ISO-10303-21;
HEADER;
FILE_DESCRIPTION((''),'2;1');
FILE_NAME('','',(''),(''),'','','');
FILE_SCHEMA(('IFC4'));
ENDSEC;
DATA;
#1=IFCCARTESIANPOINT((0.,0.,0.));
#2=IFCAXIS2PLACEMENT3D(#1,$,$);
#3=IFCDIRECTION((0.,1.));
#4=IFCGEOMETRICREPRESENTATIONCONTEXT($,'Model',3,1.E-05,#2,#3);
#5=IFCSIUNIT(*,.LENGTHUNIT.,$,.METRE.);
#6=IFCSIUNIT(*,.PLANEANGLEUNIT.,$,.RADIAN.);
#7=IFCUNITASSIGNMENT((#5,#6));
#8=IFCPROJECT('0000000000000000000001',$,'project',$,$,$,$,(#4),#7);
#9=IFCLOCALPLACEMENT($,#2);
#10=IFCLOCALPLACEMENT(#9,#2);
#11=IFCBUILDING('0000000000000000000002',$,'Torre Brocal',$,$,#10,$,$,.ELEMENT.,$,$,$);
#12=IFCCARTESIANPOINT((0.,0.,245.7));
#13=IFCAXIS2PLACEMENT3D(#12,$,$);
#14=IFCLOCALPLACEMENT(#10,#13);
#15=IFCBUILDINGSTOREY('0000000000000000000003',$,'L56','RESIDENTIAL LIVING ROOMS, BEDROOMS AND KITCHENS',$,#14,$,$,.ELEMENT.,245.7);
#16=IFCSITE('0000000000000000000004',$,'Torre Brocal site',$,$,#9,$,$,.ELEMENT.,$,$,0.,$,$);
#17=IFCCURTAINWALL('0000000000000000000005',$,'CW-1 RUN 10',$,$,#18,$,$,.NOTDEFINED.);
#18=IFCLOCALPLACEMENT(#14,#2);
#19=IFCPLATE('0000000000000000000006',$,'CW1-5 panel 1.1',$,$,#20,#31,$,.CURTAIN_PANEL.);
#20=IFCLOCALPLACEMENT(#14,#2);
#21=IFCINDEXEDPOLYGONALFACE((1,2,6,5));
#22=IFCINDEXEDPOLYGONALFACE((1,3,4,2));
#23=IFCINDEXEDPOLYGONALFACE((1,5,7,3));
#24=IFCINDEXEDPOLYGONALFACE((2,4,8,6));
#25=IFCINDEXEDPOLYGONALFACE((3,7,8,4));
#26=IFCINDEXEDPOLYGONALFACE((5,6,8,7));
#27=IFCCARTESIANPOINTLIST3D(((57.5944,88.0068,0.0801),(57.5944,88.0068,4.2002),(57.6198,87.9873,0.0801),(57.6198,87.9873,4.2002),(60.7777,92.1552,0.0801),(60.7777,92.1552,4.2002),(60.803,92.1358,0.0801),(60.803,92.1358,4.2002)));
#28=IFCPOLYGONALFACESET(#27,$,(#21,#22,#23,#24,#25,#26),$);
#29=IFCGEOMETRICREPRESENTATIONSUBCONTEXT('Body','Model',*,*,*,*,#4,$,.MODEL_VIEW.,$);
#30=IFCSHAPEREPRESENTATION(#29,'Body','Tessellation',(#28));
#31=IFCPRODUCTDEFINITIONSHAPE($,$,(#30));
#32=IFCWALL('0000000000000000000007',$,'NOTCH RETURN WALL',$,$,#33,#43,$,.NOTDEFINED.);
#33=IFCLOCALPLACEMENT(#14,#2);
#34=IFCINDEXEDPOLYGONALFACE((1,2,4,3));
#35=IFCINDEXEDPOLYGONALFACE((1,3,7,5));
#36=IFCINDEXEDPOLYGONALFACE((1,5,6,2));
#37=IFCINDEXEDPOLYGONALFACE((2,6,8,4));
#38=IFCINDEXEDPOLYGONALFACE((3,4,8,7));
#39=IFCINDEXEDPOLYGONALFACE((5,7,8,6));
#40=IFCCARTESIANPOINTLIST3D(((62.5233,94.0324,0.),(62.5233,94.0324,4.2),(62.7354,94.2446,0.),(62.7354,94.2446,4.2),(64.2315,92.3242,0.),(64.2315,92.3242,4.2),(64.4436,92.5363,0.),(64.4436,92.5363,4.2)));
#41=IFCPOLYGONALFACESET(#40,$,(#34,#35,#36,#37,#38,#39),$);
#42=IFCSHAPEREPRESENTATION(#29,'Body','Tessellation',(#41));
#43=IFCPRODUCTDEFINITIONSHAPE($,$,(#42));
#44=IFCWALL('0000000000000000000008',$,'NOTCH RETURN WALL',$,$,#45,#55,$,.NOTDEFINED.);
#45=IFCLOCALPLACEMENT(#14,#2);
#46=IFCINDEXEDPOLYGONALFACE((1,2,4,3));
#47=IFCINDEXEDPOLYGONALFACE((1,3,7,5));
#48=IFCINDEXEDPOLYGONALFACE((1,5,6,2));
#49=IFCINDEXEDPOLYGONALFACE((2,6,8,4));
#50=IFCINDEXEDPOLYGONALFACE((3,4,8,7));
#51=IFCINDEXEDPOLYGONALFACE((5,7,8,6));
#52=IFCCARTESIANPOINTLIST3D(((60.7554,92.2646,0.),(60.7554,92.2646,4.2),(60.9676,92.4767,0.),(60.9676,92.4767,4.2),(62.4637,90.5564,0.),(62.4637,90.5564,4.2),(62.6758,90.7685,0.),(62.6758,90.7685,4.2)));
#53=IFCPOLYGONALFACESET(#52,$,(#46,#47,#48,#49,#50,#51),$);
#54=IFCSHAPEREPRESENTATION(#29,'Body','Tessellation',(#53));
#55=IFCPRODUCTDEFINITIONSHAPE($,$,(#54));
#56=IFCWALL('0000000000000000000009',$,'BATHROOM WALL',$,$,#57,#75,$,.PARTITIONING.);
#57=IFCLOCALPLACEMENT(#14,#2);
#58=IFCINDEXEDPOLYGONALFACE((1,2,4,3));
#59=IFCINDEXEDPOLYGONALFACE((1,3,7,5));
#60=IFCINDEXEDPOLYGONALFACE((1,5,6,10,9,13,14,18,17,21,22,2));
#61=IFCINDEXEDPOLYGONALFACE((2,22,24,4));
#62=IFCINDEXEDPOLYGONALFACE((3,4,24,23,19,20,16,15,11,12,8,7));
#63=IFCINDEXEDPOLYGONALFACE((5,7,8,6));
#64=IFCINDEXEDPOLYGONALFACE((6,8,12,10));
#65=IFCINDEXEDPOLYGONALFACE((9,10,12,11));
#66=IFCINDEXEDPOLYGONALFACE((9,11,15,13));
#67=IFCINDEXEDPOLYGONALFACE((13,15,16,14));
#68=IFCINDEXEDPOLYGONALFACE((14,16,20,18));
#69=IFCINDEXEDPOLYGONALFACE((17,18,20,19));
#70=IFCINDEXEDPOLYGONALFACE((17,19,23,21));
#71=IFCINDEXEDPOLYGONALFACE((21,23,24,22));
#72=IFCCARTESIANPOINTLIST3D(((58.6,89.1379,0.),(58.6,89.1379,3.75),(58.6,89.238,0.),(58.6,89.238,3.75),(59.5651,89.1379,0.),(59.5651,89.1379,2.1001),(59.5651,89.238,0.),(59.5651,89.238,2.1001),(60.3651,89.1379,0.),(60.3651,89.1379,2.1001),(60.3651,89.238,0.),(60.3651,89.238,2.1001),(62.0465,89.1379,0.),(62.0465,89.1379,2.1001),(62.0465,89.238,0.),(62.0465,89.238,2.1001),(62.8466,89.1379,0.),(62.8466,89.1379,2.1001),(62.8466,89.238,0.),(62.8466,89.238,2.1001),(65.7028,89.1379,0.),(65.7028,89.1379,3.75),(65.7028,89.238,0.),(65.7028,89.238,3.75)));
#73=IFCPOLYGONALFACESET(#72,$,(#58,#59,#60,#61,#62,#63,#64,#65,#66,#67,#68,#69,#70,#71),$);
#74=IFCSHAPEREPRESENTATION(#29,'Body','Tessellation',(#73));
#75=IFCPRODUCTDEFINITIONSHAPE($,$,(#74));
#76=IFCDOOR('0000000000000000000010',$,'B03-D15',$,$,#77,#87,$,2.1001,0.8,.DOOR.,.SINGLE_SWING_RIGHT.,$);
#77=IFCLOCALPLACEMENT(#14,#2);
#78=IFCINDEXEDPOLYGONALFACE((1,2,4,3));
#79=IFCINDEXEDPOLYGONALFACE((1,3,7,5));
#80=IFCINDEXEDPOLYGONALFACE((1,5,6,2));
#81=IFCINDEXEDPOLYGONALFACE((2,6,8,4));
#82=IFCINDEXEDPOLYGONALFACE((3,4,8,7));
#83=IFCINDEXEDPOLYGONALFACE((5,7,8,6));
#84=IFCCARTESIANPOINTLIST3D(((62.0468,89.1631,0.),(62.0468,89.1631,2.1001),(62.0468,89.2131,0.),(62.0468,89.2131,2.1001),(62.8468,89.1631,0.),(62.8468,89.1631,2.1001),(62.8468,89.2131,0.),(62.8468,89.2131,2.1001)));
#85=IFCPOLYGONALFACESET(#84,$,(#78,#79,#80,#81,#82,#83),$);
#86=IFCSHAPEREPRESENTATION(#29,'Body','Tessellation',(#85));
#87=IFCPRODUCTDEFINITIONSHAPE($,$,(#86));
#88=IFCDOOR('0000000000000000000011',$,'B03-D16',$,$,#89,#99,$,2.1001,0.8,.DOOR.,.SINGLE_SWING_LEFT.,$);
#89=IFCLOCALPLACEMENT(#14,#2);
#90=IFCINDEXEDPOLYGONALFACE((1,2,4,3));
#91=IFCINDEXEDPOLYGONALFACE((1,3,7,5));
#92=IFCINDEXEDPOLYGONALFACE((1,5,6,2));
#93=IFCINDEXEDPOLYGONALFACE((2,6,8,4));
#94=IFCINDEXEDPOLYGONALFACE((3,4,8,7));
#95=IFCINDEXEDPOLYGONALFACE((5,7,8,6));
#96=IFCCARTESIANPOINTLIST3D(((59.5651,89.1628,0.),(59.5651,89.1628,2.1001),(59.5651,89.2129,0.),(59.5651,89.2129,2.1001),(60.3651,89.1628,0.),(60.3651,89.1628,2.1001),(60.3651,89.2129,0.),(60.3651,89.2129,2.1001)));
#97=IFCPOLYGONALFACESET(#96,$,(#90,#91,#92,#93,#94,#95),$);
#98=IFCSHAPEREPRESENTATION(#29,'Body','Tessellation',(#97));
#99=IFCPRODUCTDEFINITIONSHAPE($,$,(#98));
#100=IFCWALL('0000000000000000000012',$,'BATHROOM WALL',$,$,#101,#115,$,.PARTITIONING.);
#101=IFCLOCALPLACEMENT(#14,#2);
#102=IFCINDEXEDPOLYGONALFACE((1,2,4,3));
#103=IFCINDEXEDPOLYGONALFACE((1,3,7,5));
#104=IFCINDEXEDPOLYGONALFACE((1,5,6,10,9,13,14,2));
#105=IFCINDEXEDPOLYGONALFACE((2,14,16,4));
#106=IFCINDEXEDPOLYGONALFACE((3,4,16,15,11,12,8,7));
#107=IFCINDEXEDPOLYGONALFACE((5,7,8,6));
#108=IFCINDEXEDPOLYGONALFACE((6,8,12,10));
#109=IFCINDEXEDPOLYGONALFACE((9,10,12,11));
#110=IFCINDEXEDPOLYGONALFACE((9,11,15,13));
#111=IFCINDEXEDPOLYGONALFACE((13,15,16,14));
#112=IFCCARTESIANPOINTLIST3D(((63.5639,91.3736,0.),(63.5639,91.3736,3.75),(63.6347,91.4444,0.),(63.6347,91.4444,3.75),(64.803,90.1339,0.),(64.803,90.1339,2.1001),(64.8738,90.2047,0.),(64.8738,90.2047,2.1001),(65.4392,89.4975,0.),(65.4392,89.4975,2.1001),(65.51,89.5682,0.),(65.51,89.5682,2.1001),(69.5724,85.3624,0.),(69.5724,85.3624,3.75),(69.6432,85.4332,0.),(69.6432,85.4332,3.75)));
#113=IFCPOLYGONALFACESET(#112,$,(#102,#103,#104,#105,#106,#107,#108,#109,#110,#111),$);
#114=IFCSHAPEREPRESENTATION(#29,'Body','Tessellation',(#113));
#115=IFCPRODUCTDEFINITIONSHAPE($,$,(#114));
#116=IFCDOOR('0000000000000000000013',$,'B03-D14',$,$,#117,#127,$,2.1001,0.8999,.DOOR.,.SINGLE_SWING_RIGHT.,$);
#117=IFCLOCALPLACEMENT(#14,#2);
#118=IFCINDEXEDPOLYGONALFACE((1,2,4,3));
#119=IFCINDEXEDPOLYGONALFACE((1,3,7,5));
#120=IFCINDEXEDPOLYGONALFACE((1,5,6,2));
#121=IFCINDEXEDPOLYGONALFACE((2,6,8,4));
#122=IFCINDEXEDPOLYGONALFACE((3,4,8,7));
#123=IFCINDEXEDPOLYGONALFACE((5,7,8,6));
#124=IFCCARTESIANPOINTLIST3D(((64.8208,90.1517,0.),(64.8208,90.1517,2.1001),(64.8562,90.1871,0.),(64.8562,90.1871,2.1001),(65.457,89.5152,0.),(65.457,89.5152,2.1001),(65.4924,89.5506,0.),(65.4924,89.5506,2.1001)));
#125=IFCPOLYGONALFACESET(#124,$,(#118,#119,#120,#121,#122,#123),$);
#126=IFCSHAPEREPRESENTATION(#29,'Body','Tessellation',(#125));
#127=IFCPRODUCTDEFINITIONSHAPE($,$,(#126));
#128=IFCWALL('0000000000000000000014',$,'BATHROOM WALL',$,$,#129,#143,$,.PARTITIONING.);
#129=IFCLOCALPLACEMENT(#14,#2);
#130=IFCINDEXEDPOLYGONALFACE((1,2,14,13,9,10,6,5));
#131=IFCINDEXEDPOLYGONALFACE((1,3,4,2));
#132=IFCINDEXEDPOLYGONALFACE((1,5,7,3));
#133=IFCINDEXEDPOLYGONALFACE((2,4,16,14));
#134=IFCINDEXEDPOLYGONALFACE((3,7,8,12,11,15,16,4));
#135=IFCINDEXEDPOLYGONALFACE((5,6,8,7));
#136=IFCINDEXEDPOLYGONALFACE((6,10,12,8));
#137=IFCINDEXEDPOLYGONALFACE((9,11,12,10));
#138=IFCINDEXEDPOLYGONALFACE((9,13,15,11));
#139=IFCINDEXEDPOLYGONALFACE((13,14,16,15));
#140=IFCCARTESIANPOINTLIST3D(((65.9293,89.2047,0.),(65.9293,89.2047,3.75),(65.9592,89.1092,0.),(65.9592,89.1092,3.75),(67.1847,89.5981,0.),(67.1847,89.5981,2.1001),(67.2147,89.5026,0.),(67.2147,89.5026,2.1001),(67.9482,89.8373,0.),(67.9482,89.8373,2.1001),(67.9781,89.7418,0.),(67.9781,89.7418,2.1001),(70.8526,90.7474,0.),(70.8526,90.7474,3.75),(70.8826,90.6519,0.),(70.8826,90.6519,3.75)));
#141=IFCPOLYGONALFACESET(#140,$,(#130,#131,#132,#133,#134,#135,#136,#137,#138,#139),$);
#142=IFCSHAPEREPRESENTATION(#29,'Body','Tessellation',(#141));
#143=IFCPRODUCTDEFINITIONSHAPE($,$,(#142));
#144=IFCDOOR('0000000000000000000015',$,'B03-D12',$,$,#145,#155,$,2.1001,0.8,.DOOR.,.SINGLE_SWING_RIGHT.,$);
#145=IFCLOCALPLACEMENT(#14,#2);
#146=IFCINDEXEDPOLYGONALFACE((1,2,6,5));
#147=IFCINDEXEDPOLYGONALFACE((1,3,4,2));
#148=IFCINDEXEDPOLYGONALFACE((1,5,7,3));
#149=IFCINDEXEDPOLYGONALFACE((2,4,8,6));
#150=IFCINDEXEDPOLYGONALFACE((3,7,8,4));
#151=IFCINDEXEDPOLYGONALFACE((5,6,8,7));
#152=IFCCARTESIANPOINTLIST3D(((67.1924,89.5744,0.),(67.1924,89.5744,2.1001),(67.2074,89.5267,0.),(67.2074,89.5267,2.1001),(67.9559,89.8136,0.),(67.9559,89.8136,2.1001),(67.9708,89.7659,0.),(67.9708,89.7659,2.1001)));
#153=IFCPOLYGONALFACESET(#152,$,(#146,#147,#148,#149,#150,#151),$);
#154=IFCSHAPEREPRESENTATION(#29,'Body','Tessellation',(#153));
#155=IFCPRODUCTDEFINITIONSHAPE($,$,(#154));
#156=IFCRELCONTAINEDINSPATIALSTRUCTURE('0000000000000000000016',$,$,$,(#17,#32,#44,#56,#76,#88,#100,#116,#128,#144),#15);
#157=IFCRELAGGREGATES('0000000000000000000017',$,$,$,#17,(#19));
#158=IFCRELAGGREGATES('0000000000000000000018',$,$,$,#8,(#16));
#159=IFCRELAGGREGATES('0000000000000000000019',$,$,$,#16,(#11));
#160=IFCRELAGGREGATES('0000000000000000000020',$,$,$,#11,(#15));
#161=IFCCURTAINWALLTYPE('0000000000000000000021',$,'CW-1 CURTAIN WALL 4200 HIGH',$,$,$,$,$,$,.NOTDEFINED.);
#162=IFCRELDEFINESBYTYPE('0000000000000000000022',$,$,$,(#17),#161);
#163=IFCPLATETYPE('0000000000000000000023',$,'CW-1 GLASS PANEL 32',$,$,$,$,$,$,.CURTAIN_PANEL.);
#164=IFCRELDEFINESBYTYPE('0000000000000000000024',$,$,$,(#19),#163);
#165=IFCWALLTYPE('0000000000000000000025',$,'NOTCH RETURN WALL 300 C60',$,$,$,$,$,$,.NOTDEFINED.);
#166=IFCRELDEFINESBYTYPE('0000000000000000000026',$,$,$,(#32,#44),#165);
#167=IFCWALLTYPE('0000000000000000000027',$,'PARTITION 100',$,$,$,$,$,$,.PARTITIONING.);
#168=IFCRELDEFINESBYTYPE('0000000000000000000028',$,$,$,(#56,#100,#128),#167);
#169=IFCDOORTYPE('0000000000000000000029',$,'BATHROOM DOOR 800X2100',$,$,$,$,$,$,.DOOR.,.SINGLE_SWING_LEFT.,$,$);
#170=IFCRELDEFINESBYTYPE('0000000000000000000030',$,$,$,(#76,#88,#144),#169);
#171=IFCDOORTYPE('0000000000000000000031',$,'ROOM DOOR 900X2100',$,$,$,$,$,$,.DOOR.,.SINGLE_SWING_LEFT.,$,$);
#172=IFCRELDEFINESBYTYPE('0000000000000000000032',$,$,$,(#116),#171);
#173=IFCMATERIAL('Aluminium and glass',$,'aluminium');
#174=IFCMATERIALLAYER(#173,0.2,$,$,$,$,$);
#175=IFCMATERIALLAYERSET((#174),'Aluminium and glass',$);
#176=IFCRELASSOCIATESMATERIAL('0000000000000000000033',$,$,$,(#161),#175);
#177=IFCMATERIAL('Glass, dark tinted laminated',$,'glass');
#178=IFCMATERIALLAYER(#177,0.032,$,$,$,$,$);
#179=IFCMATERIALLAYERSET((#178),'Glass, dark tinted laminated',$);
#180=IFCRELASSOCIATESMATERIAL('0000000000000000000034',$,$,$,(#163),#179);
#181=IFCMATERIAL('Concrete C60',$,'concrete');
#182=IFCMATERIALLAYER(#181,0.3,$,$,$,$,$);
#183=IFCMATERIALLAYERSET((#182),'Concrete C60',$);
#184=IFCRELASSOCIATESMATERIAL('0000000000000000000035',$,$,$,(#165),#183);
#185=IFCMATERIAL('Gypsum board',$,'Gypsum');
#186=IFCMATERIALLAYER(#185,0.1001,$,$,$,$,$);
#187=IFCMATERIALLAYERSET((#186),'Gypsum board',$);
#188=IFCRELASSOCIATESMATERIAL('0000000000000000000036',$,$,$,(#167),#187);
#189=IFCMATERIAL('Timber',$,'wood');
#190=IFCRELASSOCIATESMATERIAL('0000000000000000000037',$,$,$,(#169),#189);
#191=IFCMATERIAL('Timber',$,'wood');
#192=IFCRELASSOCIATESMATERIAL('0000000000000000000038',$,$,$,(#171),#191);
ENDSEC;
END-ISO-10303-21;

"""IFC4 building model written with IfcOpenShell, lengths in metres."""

from ifc_helpers import new_model, si_unit, direction, frame, frame_2d, origin, origin_2d, place, context, subcontext, project, spatial, rectangle, extrude, material, layer, layer_set, type_object, element, fill, aggregate, save


model = new_model("IFC4")

# Units and contexts
model_context = context("Model", 3, precision=1e-05, world=origin(), true_north=direction((0.0, 1.0)))
body_context = subcontext(model_context, "Body", "Model", "MODEL_VIEW")
ifc_project = project(units=[si_unit("LENGTHUNIT", "METRE"), si_unit("PLANEANGLEUNIT", "RADIAN")], contexts=[model_context])

# Site, building, storey
site_placement = place(None, origin())
site = spatial("IfcSite", under=ifc_project, at=site_placement, Name="Torre Brocal site", CompositionType="ELEMENT", RefElevation=0.0)
building_placement = place(site_placement, origin())
building = spatial("IfcBuilding", under=site, at=building_placement, Name="Torre Brocal", CompositionType="ELEMENT")
storey_placement = place(building_placement, frame((0.0, 0.0, 245.7)))
storey = spatial("IfcBuildingStorey", under=building, at=storey_placement, Name="L56", Description="RESIDENTIAL LIVING ROOMS, BEDROOMS AND KITCHENS", CompositionType="ELEMENT", Elevation=245.7)

# Shared definitions
ifc_material_1 = material(Name="Aluminium and glass", Category="aluminium")
ifc_layer_1 = layer(ifc_material_1, 0.2)
ifc_layer_set_1 = layer_set([ifc_layer_1], Name="Aluminium and glass")
curtain_wall_type = type_object("IfcCurtainWallType", Name="CW-1 CURTAIN WALL 4200 HIGH", PredefinedType="NOTDEFINED", material=ifc_layer_set_1)

# Curtain wall
curtain_wall_1_placement = place(storey_placement, origin())
curtain_wall_1 = element("IfcCurtainWall", 1, at=curtain_wall_1_placement, inside=storey, type_object=curtain_wall_type, Name="CW-1 RUN 10", PredefinedType="NOTDEFINED")

# Plate
ifc_material_2 = material(Name="Glass, dark tinted laminated", Category="glass")
ifc_layer_2 = layer(ifc_material_2, 0.032)
ifc_layer_set_2 = layer_set([ifc_layer_2], Name="Glass, dark tinted laminated")
plate_type = type_object("IfcPlateType", Name="CW-1 GLASS PANEL 32", PredefinedType="CURTAIN_PANEL", material=ifc_layer_set_2)
plate_1_placement = place(storey_placement, frame((59.1987, 90.0713, 0.0801), z_axis=(0.0, 0.0, 1.0), x_axis=(-0.608761, -0.793353, 0.0)))
plate_1 = element("IfcPlate", 2, at=plate_1_placement, type_object=plate_type, Name="CW1-5 panel 1.1", PredefinedType="CURTAIN_PANEL", context=body_context, shape_type="SweptSolid", body=[
    extrude(rectangle(XDim=5.229, YDim=0.032, at=origin_2d()), origin(), (0.0, 0.0, 1.0), 4.1201),
])
aggregate(curtain_wall_1, [plate_1])

# Walls
ifc_material_3 = material(Name="Concrete C60", Category="concrete")
ifc_layer_3 = layer(ifc_material_3, 0.3)
ifc_layer_set_3 = layer_set([ifc_layer_3], Name="Concrete C60")
wall_type_1 = type_object("IfcWallType", Name="NOTCH RETURN WALL 300 C60", PredefinedType="NOTDEFINED", material=ifc_layer_set_3)
for number, where, z_axis, x_axis, name in (
    (3, (64.3376, 92.4302, 0.0), (0.0, 0.0, 1.0), (-0.707107, 0.707107, 0.0), "NOTCH RETURN WALL"),
    (4, (62.5698, 90.6624, 0.0), (0.0, 0.0, 1.0), (-0.707107, 0.707107, 0.0), "NOTCH RETURN WALL"),
):
    element("IfcWall", number, at=place(storey_placement, frame(where, z_axis=z_axis, x_axis=x_axis)), inside=storey, type_object=wall_type_1, Name=name, PredefinedType="NOTDEFINED", context=body_context, shape_type="SweptSolid", body=[
        extrude(rectangle(XDim=2.4158, YDim=0.3, at=frame_2d((1.208, 0.0))), origin(), (0.0, 0.0, 1.0), 4.2),
    ])

# Wall, openings, doors
ifc_material_4 = material(Name="Gypsum board", Category="Gypsum")
ifc_layer_4 = layer(ifc_material_4, 0.1001)
ifc_layer_set_4 = layer_set([ifc_layer_4], Name="Gypsum board")
wall_type_2 = type_object("IfcWallType", Name="PARTITION 100", PredefinedType="PARTITIONING", material=ifc_layer_set_4)
wall_1_placement = place(storey_placement, frame((58.6001, 89.188, 0.0), z_axis=(0.0, 0.0, 1.0), x_axis=(1.0, 0.0, 0.0)))
wall_1 = element("IfcWall", 5, at=wall_1_placement, inside=storey, type_object=wall_type_2, Name="BATHROOM WALL", PredefinedType="PARTITIONING", context=body_context, shape_type="SweptSolid", body=[
    extrude(rectangle(XDim=7.1028, YDim=0.1001, at=frame_2d((3.5513, 0.0))), origin(), (0.0, 0.0, 1.0), 3.75),
])
opening_1_placement = place(wall_1_placement, frame((3.4465, 0.0, 0.0)))
opening_1 = element("IfcOpeningElement", 6, at=opening_1_placement, cuts=wall_1, PredefinedType="OPENING", context=body_context, shape_type="SweptSolid", body=[
    extrude(rectangle(XDim=0.8, YDim=2.1001, at=frame_2d((0.3999, 1.05))), frame((0.0, 0.0601, 0.0), z_axis=(0.0, -1.0, 0.0), x_axis=(1.0, 0.0, 0.0)), (0.0, 0.0, 1.0), 0.1201),
])
opening_2_placement = place(wall_1_placement, frame((0.9651, 0.0, 0.0)))
opening_2 = element("IfcOpeningElement", 7, at=opening_2_placement, cuts=wall_1, PredefinedType="OPENING", context=body_context, shape_type="SweptSolid", body=[
    extrude(rectangle(XDim=0.8, YDim=2.1001, at=frame_2d((0.3999, 1.05))), frame((0.0, 0.0601, 0.0), z_axis=(0.0, -1.0, 0.0), x_axis=(1.0, 0.0, 0.0)), (0.0, 0.0, 1.0), 0.1201),
])
ifc_material_5 = material(Name="Timber", Category="wood")
door_type_1 = type_object("IfcDoorType", Name="BATHROOM DOOR 800X2100", OperationType="SINGLE_SWING_LEFT", PredefinedType="DOOR", material=ifc_material_5)
door_1_placement = place(opening_1_placement, frame((0.8, 0.0, 0.0), z_axis=(0.0, 0.0, 1.0), x_axis=(-1.0, 0.0, 0.0)))
door_1 = element("IfcDoor", 8, at=door_1_placement, inside=storey, type_object=door_type_1, Name="B03-D15", OperationType="SINGLE_SWING_RIGHT", OverallHeight=2.1001, OverallWidth=0.8, PredefinedType="DOOR", context=body_context, shape_type="SweptSolid", body=[
    extrude(rectangle(XDim=0.8, YDim=2.1001, at=frame_2d((0.3999, 1.05))), frame((0.0, 0.0249, 0.0), z_axis=(0.0, -1.0, 0.0), x_axis=(1.0, 0.0, 0.0)), (0.0, 0.0, 1.0), 0.05),
])
fill(opening_1, door_1)
door_2_placement = place(opening_2_placement, origin())
door_2 = element("IfcDoor", 9, at=door_2_placement, inside=storey, type_object=door_type_1, Name="B03-D16", OperationType="SINGLE_SWING_LEFT", OverallHeight=2.1001, OverallWidth=0.8, PredefinedType="DOOR", context=body_context, shape_type="SweptSolid", body=[
    extrude(rectangle(XDim=0.8, YDim=2.1001, at=frame_2d((0.3999, 1.05))), frame((0.0, 0.0249, 0.0), z_axis=(0.0, -1.0, 0.0), x_axis=(1.0, 0.0, 0.0)), (0.0, 0.0, 1.0), 0.05),
])
fill(opening_2, door_2)

# Walls, openings, doors
wall_2_placement = place(storey_placement, frame((63.5994, 91.4089, 0.0), z_axis=(0.0, 0.0, 1.0), x_axis=(0.706949, -0.707265, 0.0)))
wall_2 = element("IfcWall", 10, at=wall_2_placement, inside=storey, type_object=wall_type_2, Name="BATHROOM WALL", PredefinedType="PARTITIONING", context=body_context, shape_type="SweptSolid", body=[
    extrude(rectangle(XDim=8.4993, YDim=0.1001, at=frame_2d((4.2495, 0.0))), origin(), (0.0, 0.0, 1.0), 3.75),
])
opening_3_placement = place(wall_2_placement, frame((1.7527, 0.0, 0.0)))
opening_3 = element("IfcOpeningElement", 11, at=opening_3_placement, cuts=wall_2, PredefinedType="OPENING", context=body_context, shape_type="SweptSolid", body=[
    extrude(rectangle(XDim=0.8999, YDim=2.1001, at=frame_2d((0.45, 1.05))), frame((0.0, 0.0601, 0.0), z_axis=(0.0, -1.0, 0.0), x_axis=(1.0, 0.0, 0.0)), (0.0, 0.0, 1.0), 0.1201),
])
ifc_material_6 = material(Name="Timber", Category="wood")
door_type_2 = type_object("IfcDoorType", Name="ROOM DOOR 900X2100", OperationType="SINGLE_SWING_LEFT", PredefinedType="DOOR", material=ifc_material_6)
door_3_placement = place(opening_3_placement, frame((0.8999, 0.0, 0.0), z_axis=(0.0, 0.0, 1.0), x_axis=(-1.0, 0.0, 0.0)))
door_3 = element("IfcDoor", 12, at=door_3_placement, inside=storey, type_object=door_type_2, Name="B03-D14", OperationType="SINGLE_SWING_RIGHT", OverallHeight=2.1001, OverallWidth=0.8999, PredefinedType="DOOR", context=body_context, shape_type="SweptSolid", body=[
    extrude(rectangle(XDim=0.8999, YDim=2.1001, at=frame_2d((0.45, 1.05))), frame((0.0, 0.0249, 0.0), z_axis=(0.0, -1.0, 0.0), x_axis=(1.0, 0.0, 0.0)), (0.0, 0.0, 1.0), 0.05),
])
fill(opening_3, door_3)
wall_3_placement = place(storey_placement, frame((65.9443, 89.157, 0.0), z_axis=(0.0, 0.0, 1.0), x_axis=(0.954249, 0.299013, 0.0)))
wall_3 = element("IfcWall", 13, at=wall_3_placement, inside=storey, type_object=wall_type_2, Name="BATHROOM WALL", PredefinedType="PARTITIONING", context=body_context, shape_type="SweptSolid", body=[
    extrude(rectangle(XDim=5.1594, YDim=0.1001, at=frame_2d((2.5796, 0.0))), origin(), (0.0, 0.0, 1.0), 3.75),
])
opening_4_placement = place(wall_3_placement, frame((1.3157, 0.0, 0.0)))
opening_4 = element("IfcOpeningElement", 14, at=opening_4_placement, cuts=wall_3, PredefinedType="OPENING", context=body_context, shape_type="SweptSolid", body=[
    extrude(rectangle(XDim=0.8, YDim=2.1001, at=frame_2d((0.3999, 1.05))), frame((0.0, 0.0601, 0.0), z_axis=(0.0, -1.0, 0.0), x_axis=(1.0, 0.0, 0.0)), (0.0, 0.0, 1.0), 0.1201),
])
door_4_placement = place(opening_4_placement, frame((0.8, 0.0, 0.0), z_axis=(0.0, 0.0, 1.0), x_axis=(-1.0, 0.0, 0.0)))
door_4 = element("IfcDoor", 15, at=door_4_placement, inside=storey, type_object=door_type_1, Name="B03-D12", OperationType="SINGLE_SWING_RIGHT", OverallHeight=2.1001, OverallWidth=0.8, PredefinedType="DOOR", context=body_context, shape_type="SweptSolid", body=[
    extrude(rectangle(XDim=0.8, YDim=2.1001, at=frame_2d((0.3999, 1.05))), frame((0.0, 0.0249, 0.0), z_axis=(0.0, -1.0, 0.0), x_axis=(1.0, 0.0, 0.0)), (0.0, 0.0, 1.0), 0.05),
])
fill(opening_4, door_4)

save(model, "model.ifc")
